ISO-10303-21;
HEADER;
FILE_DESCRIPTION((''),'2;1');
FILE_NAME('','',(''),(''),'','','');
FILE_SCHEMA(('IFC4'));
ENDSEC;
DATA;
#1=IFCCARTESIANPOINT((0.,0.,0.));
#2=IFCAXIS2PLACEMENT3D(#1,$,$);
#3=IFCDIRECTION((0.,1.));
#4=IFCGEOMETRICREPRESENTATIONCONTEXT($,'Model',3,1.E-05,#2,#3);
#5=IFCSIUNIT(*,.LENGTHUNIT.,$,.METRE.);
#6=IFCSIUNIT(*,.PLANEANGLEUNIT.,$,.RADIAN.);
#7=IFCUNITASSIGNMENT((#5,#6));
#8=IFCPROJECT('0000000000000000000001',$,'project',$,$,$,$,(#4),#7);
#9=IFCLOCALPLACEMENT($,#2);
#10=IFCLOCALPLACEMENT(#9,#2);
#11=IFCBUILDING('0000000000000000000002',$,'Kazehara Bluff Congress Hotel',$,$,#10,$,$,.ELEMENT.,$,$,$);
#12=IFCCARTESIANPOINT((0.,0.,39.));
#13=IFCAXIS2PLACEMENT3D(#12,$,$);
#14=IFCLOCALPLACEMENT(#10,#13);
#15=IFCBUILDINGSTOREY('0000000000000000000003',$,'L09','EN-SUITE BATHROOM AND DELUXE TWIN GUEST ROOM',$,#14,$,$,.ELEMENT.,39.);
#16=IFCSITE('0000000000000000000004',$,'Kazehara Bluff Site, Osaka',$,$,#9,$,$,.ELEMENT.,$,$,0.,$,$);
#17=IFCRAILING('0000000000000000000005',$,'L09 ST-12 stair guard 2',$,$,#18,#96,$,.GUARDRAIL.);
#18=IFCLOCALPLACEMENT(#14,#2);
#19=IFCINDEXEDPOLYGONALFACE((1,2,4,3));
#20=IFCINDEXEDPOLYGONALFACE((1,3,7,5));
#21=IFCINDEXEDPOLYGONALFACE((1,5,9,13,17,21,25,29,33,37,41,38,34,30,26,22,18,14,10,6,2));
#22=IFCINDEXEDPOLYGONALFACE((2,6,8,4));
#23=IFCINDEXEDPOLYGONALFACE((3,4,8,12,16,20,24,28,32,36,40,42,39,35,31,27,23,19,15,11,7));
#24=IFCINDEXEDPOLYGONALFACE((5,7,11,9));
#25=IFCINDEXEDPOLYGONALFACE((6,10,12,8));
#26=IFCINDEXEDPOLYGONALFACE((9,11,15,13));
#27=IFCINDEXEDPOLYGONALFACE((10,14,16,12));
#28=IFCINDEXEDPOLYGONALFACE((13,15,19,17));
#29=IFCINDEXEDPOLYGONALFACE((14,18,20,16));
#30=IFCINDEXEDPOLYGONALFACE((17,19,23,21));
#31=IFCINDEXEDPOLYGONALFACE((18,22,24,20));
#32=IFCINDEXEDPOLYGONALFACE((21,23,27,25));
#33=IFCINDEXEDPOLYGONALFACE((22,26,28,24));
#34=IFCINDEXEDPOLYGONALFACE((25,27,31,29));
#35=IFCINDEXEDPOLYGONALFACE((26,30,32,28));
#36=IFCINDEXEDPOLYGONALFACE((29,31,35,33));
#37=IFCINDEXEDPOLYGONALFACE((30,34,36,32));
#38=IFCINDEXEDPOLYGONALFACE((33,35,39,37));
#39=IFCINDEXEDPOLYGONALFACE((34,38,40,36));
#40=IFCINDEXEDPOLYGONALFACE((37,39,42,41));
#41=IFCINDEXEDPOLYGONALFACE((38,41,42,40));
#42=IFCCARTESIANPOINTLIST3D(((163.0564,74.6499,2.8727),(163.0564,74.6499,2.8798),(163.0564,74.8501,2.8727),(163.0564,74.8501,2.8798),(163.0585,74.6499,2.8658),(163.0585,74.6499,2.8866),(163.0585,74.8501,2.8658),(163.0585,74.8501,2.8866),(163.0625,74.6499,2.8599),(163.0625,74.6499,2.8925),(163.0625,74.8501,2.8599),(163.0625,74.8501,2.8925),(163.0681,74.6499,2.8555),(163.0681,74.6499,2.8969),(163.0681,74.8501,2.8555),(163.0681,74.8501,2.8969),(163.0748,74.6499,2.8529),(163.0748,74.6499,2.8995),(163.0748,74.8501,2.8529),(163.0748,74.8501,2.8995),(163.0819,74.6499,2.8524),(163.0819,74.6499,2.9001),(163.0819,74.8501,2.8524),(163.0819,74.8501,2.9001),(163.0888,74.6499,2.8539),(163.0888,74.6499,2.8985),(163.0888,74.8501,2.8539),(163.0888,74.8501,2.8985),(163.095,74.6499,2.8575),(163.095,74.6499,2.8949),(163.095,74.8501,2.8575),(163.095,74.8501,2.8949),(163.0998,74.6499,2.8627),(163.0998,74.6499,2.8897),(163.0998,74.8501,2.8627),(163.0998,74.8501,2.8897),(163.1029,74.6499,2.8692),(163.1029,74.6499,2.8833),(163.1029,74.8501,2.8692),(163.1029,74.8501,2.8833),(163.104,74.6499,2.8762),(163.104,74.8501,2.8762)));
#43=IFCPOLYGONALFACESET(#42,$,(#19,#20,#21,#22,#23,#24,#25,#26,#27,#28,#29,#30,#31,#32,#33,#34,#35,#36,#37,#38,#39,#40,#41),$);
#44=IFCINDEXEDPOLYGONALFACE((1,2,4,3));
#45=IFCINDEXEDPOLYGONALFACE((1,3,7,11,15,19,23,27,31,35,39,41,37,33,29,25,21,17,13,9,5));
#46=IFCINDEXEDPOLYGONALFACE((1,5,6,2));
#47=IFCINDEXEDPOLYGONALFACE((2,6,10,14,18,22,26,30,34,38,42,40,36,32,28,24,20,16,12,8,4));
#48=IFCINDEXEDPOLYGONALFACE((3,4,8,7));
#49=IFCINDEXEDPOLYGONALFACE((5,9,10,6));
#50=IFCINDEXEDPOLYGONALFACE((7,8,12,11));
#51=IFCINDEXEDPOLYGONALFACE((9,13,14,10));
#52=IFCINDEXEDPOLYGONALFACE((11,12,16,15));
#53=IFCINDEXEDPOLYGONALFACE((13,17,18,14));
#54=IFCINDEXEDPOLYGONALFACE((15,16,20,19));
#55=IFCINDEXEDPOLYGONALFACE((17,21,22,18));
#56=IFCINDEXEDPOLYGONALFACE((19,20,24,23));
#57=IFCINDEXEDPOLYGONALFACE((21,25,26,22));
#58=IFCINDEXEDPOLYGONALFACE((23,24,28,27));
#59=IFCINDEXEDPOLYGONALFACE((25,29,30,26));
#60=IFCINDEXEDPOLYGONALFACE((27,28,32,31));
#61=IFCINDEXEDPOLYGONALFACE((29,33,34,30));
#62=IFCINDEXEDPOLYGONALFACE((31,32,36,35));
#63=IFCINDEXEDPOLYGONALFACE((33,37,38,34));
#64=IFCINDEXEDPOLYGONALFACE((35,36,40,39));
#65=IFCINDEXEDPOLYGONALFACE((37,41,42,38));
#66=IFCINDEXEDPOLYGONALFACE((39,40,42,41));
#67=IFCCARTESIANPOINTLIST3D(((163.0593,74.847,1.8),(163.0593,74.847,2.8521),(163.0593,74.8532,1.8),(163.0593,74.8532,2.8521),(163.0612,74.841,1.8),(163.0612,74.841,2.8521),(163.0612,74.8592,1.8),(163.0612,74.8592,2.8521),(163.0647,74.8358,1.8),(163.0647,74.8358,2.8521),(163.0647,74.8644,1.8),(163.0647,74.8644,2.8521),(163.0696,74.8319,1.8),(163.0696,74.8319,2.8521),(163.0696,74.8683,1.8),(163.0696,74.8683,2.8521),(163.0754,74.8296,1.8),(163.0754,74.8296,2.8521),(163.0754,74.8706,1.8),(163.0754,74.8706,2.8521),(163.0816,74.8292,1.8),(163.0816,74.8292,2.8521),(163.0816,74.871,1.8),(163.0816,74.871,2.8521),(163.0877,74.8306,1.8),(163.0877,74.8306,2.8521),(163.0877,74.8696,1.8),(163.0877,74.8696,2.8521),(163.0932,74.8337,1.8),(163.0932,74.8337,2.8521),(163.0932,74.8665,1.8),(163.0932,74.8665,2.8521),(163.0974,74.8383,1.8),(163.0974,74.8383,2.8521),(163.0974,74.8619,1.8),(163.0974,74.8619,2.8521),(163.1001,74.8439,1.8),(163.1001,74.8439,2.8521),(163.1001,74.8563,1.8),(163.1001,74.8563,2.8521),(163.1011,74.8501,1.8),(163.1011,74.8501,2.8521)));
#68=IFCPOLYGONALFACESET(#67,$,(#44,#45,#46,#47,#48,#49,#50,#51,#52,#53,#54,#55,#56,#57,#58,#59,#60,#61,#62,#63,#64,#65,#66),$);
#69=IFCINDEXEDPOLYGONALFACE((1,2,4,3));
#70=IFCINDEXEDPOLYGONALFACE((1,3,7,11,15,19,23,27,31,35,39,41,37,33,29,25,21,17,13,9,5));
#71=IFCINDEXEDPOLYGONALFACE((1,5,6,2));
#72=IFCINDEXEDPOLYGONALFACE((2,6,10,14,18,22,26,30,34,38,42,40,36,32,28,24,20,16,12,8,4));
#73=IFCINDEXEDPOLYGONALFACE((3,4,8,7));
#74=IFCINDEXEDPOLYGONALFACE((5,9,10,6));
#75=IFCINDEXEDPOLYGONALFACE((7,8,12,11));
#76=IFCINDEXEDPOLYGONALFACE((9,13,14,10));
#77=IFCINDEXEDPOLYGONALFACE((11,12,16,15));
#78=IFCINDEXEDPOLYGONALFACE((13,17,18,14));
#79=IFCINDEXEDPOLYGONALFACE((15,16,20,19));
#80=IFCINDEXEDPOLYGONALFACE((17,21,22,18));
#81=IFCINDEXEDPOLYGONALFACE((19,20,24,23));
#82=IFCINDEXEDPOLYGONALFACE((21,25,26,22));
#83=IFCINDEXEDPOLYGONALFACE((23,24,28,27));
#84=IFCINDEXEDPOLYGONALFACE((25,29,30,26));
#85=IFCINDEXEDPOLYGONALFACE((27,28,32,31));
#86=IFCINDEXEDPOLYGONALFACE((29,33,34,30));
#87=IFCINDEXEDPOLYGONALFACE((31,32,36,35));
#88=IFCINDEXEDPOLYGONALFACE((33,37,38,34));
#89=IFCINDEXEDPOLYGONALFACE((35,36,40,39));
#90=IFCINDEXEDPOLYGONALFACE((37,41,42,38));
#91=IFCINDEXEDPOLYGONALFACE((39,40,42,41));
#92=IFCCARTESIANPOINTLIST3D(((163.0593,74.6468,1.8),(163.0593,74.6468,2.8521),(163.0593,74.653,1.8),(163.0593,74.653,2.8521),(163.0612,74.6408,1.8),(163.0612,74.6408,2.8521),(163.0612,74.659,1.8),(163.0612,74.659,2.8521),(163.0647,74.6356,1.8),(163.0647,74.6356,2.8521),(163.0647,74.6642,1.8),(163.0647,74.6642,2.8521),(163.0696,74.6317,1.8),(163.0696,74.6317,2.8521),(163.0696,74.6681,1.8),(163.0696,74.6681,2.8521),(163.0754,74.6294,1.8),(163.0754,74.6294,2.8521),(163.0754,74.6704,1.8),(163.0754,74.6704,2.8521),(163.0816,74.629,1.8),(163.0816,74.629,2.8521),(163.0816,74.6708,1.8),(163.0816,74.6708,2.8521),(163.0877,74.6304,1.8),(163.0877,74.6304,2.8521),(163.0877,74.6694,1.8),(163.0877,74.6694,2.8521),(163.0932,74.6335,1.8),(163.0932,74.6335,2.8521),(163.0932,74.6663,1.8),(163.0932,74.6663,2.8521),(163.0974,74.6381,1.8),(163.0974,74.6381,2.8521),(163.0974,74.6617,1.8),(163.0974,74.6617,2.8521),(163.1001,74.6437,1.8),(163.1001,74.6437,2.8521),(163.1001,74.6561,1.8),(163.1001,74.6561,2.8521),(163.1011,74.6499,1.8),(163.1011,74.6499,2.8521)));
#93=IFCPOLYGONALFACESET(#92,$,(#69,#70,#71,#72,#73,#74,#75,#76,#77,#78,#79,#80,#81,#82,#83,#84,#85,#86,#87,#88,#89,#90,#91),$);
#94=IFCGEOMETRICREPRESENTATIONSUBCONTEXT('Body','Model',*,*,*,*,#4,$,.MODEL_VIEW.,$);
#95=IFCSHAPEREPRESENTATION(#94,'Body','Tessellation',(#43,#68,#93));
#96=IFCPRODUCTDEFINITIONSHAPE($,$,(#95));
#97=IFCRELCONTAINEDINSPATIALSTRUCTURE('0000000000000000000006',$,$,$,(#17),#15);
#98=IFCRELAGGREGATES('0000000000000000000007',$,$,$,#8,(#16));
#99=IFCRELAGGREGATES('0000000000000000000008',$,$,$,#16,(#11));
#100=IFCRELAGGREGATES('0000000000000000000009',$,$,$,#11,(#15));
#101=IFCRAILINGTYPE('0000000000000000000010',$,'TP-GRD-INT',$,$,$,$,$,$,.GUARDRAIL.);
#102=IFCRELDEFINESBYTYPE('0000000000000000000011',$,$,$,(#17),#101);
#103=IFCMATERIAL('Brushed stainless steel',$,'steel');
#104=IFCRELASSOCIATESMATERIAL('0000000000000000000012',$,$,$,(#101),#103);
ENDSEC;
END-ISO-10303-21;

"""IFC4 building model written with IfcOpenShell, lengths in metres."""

from ifc_helpers import new_model, si_unit, direction, frame, origin, origin_2d, place, context, subcontext, project, spatial, circle, extrude, material, type_object, element, save


model = new_model("IFC4")

# Units and contexts
model_context = context("Model", 3, precision=1e-05, world=origin(), true_north=direction((0.0, 1.0)))
body_context = subcontext(model_context, "Body", "Model", "MODEL_VIEW")
ifc_project = project(units=[si_unit("LENGTHUNIT", "METRE"), si_unit("PLANEANGLEUNIT", "RADIAN")], contexts=[model_context])

# Site, building, storey
site_placement = place(None, origin())
site = spatial("IfcSite", under=ifc_project, at=site_placement, Name="Kazehara Bluff Site, Osaka", CompositionType="ELEMENT", RefElevation=0.0)
building_placement = place(site_placement, origin())
building = spatial("IfcBuilding", under=site, at=building_placement, Name="Kazehara Bluff Congress Hotel", CompositionType="ELEMENT")
storey_placement = place(building_placement, frame((0.0, 0.0, 39.0)))
storey = spatial("IfcBuildingStorey", under=building, at=storey_placement, Name="L09", Description="EN-SUITE BATHROOM AND DELUXE TWIN GUEST ROOM", CompositionType="ELEMENT", Elevation=39.0)

# Railing
ifc_material_1 = material(Name="Brushed stainless steel", Category="steel")
railing_type_1 = type_object("IfcRailingType", Name="TP-GRD-INT", PredefinedType="GUARDRAIL", material=ifc_material_1)
railing_1_placement = place(storey_placement, frame((163.0801, 74.8501, 1.8)))
element("IfcRailing", 1, at=railing_1_placement, inside=storey, type_object=railing_type_1, Name="L09 ST-12 stair guard 2", PredefinedType="GUARDRAIL", context=body_context, shape_type="SweptSolid", body=[
    extrude(circle(Radius=0.0239, at=origin_2d()), frame((0.0, 0.0, 1.0762), z_axis=(0.0, -1.0, 0.0), x_axis=(1.0, 0.0, 0.0)), (0.0, 0.0, 1.0), 0.2002),
    extrude(circle(Radius=0.021, at=origin_2d()), origin(), (0.0, 0.0, 1.0), 1.052),
    extrude(circle(Radius=0.021, at=origin_2d()), frame((0.0, -0.2002, 0.0)), (0.0, 0.0, 1.0), 1.052),
])

save(model, "model.ifc")
